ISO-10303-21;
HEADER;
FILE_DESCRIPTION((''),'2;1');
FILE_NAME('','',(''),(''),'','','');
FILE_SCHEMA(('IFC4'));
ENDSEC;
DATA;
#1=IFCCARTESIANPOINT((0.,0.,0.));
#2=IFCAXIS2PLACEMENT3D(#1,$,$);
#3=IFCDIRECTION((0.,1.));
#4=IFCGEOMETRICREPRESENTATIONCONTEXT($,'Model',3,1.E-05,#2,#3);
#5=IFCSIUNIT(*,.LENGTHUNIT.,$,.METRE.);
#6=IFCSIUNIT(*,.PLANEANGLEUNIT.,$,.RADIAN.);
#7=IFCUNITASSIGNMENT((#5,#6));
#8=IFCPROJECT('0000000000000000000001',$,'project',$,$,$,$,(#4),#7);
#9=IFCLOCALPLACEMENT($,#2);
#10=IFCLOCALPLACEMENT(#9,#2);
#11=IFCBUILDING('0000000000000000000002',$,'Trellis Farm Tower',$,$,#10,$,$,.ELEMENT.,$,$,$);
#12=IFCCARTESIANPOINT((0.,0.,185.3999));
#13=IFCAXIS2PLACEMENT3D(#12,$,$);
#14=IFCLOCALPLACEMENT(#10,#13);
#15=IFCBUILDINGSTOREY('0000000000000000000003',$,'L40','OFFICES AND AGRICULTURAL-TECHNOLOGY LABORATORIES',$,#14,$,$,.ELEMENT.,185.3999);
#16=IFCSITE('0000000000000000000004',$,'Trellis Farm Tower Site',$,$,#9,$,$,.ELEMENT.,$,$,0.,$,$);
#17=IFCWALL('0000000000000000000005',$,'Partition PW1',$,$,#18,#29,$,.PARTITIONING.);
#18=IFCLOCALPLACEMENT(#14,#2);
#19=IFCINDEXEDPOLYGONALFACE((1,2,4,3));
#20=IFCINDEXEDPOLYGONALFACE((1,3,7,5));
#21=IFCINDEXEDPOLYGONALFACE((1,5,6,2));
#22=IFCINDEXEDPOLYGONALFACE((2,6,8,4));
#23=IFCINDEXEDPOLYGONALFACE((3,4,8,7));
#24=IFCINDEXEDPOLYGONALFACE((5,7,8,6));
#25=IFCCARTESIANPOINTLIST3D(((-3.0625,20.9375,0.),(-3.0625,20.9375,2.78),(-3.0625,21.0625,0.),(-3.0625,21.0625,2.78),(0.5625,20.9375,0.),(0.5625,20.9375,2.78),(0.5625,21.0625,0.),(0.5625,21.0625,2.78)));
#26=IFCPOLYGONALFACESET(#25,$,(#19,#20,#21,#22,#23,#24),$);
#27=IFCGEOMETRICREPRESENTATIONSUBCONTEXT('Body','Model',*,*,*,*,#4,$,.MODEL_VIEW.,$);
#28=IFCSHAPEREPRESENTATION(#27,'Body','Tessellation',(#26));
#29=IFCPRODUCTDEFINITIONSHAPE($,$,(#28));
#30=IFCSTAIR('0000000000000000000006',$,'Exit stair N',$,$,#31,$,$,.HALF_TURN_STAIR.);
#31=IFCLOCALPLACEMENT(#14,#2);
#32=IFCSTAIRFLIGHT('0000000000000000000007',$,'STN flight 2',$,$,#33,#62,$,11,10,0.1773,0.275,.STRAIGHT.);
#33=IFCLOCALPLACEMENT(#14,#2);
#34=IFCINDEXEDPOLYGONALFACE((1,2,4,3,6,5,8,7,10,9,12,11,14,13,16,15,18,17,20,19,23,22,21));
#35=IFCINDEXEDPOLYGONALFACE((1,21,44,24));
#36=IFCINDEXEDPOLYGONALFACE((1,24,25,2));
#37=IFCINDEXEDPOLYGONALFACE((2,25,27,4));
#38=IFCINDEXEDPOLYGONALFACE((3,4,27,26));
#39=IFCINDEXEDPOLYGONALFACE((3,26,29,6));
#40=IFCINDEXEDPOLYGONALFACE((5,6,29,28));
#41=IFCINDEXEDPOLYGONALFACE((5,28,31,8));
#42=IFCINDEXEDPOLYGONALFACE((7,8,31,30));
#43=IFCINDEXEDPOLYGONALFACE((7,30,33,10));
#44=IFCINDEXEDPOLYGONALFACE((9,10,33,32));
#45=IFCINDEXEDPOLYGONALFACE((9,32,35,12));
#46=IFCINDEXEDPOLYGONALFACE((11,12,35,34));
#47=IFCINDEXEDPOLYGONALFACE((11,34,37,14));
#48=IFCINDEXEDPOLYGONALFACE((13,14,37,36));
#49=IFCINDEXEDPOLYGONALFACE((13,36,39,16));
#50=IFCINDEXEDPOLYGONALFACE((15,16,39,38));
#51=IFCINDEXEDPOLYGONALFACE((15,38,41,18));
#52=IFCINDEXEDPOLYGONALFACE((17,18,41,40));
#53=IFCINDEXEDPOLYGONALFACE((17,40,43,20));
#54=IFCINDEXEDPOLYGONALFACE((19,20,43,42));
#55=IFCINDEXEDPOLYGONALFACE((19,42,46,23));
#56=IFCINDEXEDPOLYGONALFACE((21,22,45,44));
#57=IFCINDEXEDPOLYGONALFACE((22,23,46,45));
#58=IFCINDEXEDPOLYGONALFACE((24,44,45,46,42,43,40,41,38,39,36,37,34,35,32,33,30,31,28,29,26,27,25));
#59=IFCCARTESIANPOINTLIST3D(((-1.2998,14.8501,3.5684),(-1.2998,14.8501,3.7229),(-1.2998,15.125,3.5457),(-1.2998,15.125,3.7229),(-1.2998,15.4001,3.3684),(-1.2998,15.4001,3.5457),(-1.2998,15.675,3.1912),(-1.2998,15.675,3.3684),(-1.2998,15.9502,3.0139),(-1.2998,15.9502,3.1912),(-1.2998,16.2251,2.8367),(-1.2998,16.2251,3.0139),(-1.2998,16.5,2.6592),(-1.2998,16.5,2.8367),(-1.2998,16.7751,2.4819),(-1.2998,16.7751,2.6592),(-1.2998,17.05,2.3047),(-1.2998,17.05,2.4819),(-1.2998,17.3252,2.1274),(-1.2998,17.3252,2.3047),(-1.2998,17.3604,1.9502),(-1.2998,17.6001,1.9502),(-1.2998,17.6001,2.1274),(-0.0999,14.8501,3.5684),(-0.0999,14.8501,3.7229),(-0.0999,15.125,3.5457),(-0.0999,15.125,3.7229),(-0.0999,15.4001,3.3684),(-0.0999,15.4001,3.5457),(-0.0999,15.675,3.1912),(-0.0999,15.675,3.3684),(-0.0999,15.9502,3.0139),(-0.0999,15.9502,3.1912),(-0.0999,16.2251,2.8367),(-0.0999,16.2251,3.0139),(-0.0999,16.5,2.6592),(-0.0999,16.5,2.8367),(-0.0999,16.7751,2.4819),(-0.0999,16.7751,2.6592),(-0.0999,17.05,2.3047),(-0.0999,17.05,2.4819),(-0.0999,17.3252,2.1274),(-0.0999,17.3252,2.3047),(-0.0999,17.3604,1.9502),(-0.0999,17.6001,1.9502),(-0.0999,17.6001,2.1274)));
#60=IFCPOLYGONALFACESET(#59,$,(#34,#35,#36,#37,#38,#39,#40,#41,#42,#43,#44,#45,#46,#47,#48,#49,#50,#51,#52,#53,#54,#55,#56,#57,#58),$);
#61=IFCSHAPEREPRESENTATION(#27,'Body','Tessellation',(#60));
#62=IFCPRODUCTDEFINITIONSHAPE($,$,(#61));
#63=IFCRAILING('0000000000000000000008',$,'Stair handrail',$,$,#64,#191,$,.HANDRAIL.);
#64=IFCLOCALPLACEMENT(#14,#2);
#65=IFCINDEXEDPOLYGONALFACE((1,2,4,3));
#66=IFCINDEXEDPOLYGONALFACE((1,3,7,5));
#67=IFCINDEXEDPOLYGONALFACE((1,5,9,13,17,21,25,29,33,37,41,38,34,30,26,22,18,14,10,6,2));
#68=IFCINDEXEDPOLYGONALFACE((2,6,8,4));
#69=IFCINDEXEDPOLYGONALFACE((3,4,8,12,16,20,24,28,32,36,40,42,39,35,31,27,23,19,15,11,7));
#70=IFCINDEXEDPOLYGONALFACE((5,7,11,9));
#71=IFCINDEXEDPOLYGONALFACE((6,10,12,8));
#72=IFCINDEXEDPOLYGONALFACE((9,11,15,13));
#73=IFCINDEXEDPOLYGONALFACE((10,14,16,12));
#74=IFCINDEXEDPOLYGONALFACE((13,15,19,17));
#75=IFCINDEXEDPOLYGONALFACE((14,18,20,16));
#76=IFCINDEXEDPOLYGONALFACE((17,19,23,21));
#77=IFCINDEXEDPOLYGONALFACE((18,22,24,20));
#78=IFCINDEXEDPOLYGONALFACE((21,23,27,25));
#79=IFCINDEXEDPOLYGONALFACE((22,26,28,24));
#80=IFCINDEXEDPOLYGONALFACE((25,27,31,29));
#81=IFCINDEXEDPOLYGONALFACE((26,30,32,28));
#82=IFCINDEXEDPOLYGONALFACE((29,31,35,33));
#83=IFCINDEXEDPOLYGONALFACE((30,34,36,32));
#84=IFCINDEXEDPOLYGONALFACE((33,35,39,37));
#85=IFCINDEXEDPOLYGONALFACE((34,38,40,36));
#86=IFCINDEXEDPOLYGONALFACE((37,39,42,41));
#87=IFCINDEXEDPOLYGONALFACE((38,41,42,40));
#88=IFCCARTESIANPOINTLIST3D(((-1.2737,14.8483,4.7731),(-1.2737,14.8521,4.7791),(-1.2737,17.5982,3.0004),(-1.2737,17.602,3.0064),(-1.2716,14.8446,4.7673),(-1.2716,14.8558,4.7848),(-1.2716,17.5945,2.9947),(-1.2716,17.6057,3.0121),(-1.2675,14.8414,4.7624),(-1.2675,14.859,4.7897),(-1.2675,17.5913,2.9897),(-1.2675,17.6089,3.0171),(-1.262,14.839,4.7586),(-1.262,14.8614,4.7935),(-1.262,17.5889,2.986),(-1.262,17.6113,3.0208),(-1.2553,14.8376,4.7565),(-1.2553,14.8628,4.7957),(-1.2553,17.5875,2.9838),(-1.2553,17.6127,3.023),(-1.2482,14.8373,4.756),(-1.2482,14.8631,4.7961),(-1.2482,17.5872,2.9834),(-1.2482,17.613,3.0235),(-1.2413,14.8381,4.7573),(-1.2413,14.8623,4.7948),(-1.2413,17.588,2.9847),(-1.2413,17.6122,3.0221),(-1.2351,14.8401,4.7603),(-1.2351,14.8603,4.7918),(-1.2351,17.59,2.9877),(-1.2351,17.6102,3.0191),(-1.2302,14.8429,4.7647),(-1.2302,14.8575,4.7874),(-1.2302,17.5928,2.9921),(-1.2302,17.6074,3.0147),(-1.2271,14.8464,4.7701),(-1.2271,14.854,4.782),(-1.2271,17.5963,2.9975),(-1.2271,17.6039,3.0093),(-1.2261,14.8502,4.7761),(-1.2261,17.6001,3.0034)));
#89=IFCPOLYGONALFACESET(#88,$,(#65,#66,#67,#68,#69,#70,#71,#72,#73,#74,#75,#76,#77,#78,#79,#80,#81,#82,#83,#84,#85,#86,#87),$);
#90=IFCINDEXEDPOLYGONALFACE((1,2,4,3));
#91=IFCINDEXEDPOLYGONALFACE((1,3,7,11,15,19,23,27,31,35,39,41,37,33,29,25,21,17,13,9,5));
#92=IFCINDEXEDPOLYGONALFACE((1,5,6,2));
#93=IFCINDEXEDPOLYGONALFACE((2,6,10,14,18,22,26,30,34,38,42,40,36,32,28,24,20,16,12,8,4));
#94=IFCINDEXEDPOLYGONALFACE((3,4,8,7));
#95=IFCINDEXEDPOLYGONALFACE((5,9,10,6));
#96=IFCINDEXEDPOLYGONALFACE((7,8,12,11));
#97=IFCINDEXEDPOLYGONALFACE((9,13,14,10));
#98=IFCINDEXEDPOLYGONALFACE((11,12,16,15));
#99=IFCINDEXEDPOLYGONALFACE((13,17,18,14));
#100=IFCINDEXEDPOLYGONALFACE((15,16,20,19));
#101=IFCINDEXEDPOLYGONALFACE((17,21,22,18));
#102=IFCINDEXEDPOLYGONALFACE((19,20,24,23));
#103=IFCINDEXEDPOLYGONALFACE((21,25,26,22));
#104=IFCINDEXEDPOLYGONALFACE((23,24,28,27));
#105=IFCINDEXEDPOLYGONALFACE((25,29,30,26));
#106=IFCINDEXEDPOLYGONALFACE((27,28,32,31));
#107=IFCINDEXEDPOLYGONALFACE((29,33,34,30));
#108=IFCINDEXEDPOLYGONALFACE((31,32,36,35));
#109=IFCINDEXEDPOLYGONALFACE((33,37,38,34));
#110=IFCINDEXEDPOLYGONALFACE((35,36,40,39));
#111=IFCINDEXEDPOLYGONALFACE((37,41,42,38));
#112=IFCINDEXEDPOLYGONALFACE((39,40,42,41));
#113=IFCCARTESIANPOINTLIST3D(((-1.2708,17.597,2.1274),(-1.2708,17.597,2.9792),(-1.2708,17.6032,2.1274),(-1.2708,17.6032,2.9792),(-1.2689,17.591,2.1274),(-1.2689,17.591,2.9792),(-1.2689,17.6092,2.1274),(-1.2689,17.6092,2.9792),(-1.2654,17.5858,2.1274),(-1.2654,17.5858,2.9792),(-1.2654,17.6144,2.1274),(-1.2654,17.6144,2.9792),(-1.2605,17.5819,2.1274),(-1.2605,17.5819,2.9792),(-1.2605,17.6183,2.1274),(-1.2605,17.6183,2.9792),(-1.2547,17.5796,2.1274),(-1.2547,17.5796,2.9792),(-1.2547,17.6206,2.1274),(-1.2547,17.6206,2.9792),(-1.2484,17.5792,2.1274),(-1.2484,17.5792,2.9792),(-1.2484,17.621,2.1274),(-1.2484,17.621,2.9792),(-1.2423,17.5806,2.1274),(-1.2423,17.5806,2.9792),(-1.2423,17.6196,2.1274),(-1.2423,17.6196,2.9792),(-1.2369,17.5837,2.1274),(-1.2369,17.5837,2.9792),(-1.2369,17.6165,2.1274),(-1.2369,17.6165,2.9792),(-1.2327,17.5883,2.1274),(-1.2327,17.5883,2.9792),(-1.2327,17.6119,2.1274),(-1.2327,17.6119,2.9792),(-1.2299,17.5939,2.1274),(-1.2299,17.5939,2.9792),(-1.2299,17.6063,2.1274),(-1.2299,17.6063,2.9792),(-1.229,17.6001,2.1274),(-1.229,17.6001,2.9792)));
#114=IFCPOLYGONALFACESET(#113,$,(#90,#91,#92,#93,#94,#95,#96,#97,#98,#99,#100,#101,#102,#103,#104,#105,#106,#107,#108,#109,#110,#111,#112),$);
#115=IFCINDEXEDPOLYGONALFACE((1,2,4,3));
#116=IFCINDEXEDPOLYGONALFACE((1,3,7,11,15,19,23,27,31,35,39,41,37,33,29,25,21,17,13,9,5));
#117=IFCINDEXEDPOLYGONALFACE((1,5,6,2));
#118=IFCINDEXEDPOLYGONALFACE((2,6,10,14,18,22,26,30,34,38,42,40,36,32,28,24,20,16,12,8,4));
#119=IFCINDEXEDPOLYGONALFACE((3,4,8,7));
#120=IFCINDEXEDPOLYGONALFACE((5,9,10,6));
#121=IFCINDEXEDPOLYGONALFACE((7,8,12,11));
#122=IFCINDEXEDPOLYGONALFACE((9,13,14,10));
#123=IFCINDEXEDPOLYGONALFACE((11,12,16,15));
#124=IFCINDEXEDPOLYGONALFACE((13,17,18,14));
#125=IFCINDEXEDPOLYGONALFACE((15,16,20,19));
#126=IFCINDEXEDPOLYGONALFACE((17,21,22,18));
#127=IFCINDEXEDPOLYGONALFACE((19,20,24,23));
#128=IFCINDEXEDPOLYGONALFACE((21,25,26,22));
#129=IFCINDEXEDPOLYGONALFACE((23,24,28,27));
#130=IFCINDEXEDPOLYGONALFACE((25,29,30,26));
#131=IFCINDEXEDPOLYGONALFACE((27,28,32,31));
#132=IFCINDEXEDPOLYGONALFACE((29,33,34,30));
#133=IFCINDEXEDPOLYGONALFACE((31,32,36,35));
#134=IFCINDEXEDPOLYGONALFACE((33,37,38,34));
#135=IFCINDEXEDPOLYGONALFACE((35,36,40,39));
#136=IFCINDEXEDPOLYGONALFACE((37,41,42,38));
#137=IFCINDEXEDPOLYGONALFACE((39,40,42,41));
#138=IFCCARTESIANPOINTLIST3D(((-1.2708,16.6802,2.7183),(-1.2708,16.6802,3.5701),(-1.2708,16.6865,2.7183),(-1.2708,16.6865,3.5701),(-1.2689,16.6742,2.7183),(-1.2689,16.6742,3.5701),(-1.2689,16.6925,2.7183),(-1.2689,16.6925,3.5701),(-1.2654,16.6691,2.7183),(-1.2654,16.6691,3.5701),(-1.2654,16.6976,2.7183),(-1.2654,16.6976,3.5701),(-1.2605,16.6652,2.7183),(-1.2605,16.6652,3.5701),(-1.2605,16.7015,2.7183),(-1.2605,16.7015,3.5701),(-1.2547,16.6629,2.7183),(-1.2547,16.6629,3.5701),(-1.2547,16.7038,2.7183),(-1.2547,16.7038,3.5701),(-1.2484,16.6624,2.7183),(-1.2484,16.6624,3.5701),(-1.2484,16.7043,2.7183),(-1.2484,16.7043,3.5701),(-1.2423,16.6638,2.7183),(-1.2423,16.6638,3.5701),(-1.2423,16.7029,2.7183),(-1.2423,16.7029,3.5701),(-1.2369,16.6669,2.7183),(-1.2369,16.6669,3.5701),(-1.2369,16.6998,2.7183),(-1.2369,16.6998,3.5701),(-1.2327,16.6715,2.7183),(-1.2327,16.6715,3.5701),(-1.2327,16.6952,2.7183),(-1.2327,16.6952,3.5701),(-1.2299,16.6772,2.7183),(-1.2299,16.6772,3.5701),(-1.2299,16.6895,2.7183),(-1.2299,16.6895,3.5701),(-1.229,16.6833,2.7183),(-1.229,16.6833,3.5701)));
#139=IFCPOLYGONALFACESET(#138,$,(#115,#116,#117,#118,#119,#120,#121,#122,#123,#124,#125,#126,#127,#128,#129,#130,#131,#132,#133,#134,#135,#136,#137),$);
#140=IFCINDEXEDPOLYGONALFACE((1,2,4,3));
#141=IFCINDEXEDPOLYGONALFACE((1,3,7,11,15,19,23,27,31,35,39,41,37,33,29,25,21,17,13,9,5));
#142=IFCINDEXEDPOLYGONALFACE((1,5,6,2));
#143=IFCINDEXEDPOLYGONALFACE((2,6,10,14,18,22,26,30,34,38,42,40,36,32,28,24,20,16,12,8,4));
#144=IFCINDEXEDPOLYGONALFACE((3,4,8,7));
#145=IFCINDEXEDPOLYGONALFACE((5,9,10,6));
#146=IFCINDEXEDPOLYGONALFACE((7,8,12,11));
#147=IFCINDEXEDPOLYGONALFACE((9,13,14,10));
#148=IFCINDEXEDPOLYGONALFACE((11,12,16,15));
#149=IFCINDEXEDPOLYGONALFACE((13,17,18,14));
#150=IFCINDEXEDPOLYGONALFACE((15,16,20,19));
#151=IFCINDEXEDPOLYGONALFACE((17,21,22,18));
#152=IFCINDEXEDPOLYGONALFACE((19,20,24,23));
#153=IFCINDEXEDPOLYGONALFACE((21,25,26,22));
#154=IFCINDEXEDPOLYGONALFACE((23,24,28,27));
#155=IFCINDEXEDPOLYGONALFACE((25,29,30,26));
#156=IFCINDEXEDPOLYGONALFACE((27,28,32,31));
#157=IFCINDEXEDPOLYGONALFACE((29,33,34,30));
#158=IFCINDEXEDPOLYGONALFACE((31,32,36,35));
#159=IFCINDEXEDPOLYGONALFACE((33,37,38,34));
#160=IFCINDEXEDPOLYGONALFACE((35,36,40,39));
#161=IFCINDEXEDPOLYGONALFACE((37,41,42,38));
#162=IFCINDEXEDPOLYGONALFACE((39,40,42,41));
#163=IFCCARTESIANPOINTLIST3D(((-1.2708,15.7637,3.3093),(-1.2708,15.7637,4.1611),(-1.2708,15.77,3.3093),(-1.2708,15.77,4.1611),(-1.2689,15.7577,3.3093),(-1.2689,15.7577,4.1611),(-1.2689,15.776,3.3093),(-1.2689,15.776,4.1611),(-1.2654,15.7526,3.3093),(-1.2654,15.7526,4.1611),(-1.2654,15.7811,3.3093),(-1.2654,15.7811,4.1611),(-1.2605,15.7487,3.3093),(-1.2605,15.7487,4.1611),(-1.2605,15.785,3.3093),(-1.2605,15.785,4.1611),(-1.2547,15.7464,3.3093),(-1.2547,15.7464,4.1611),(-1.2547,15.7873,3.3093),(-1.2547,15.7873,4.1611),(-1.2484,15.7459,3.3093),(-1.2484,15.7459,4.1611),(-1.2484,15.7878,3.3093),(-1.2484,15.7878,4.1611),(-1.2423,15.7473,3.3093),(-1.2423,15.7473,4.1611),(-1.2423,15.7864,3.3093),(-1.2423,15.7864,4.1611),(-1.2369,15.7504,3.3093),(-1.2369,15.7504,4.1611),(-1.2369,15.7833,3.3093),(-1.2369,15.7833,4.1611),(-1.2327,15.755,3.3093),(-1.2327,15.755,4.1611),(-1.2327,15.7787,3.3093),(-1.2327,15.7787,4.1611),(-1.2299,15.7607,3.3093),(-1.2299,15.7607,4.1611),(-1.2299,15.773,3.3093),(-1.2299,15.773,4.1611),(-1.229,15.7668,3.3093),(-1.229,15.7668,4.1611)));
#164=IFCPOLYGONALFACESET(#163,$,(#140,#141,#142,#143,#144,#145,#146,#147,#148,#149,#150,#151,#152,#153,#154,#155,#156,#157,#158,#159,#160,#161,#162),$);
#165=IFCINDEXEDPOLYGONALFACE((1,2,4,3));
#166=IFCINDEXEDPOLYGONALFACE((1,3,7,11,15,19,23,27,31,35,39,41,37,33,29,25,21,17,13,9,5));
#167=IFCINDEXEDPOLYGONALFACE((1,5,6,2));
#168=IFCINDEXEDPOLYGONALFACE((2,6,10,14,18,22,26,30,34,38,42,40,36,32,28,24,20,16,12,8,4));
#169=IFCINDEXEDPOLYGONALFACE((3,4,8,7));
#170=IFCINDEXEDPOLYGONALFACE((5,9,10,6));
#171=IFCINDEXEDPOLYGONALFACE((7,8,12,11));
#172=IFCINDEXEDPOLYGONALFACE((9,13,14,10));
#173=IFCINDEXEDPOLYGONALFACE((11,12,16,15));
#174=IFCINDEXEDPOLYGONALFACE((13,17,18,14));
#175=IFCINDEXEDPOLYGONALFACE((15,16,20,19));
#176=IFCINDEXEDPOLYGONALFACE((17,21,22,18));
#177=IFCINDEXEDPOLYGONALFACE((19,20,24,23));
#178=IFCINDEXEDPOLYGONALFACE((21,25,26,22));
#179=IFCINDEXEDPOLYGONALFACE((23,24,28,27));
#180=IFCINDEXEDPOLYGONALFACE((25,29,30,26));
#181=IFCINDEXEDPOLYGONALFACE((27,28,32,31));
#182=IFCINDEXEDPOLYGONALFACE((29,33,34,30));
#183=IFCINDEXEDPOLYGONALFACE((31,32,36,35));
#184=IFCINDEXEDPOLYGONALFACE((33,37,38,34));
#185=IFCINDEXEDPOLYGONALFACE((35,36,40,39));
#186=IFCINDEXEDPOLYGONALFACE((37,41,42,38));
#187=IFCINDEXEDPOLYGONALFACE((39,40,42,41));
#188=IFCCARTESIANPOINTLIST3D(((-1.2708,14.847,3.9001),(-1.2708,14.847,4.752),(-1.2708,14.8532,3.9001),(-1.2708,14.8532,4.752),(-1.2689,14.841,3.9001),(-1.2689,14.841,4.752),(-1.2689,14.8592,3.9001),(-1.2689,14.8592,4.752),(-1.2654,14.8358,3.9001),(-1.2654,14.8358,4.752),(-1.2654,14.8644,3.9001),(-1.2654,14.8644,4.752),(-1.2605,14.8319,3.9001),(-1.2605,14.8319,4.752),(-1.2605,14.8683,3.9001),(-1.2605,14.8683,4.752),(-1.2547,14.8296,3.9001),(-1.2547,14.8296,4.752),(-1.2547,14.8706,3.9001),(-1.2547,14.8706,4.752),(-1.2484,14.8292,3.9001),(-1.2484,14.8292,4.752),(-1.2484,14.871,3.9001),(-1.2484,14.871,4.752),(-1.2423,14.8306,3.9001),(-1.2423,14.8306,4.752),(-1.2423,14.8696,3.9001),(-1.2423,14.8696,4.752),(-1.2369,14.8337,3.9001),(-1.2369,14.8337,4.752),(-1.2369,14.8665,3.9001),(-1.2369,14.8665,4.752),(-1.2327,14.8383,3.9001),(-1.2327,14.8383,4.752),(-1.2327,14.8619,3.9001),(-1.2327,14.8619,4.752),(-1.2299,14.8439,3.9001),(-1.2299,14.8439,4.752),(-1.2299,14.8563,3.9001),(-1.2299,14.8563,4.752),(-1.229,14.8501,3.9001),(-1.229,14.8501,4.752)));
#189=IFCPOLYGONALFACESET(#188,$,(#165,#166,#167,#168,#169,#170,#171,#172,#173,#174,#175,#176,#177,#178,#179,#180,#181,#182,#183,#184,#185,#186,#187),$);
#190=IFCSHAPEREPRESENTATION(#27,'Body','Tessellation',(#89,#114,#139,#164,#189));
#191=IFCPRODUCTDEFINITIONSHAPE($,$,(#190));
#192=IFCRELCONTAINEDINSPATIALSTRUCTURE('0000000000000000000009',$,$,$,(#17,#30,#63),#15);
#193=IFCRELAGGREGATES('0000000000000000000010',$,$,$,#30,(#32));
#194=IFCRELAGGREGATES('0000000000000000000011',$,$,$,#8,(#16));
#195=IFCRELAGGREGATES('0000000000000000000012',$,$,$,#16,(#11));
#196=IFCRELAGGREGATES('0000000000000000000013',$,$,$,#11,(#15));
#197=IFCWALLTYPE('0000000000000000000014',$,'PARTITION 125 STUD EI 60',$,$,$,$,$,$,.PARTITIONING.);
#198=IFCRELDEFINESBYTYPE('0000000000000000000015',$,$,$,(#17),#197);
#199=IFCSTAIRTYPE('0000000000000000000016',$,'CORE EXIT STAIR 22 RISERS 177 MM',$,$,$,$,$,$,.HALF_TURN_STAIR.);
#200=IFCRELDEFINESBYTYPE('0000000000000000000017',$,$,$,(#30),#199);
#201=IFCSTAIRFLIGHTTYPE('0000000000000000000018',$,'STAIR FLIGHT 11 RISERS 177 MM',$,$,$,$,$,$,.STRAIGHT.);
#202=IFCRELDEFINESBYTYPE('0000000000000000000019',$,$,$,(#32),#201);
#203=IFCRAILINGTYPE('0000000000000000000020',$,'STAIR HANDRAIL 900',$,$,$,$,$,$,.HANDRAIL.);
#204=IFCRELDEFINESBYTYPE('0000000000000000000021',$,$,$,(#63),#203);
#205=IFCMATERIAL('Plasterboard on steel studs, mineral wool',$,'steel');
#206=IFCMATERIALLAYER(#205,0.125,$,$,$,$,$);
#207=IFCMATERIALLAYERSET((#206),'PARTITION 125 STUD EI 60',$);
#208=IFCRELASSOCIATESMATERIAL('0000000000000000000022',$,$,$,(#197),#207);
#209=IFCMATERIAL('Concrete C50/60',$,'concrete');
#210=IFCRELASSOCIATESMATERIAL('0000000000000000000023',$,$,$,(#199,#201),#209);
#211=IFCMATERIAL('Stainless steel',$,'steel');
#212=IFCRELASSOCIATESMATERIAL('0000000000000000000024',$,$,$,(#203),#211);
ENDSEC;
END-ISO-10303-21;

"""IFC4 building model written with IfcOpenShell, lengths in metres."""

from ifc_helpers import new_model, si_unit, direction, frame, frame_2d, origin, origin_2d, place, context, subcontext, project, spatial, polyline, rectangle, circle, outline, extrude, source, transform, mapped, material, layer, layer_set, type_object, element, aggregate, save


model = new_model("IFC4")

# Units and contexts
model_context = context("Model", 3, precision=1e-05, world=origin(), true_north=direction((0.0, 1.0)))
body_context = subcontext(model_context, "Body", "Model", "MODEL_VIEW")
ifc_project = project(units=[si_unit("LENGTHUNIT", "METRE"), si_unit("PLANEANGLEUNIT", "RADIAN")], contexts=[model_context])

# Site, building, storey
site_placement = place(None, origin())
site = spatial("IfcSite", under=ifc_project, at=site_placement, Name="Trellis Farm Tower Site", CompositionType="ELEMENT", RefElevation=0.0)
building_placement = place(site_placement, origin())
building = spatial("IfcBuilding", under=site, at=building_placement, Name="Trellis Farm Tower", CompositionType="ELEMENT")
storey_placement = place(building_placement, frame((0.0, 0.0, 185.3999)))
storey = spatial("IfcBuildingStorey", under=building, at=storey_placement, Name="L40", Description="OFFICES AND AGRICULTURAL-TECHNOLOGY LABORATORIES", CompositionType="ELEMENT", Elevation=185.3999)

# Shared definitions
placement = place(storey_placement, origin())

# Shared definitions
ifc_material_1 = material(Name="Plasterboard on steel studs, mineral wool", Category="steel")
ifc_layer_1 = layer(ifc_material_1, 0.125)
ifc_layer_set_1 = layer_set([ifc_layer_1], Name="PARTITION 125 STUD EI 60")
wall_type_1 = type_object("IfcWallType", Name="PARTITION 125 STUD EI 60", PredefinedType="PARTITIONING", material=ifc_layer_set_1)

# Wall
shared_shape_1 = source(origin(), body_context, "Body", "SweptSolid", [
    extrude(rectangle(XDim=3.625, YDim=0.125, at=frame_2d((1.8125, 0.0))), origin(), (0.0, 0.0, 1.0), 2.78),
])
wall_1_placement = place(storey_placement, frame((-3.0625, 21.0, 0.0), z_axis=(0.0, 0.0, 1.0), x_axis=(1.0, 0.0, 0.0)))
element("IfcWall", 1, at=wall_1_placement, inside=storey, type_object=wall_type_1, Name="Partition PW1", PredefinedType="PARTITIONING", context=body_context, shape_type="MappedRepresentation", body=[
    mapped(shared_shape_1, transform((0.0, 0.0, 0.0))),
])

# Stair, stair flight
ifc_material_2 = material(Name="Concrete C50/60", Category="concrete")
stair_type = type_object("IfcStairType", Name="CORE EXIT STAIR 22 RISERS 177 MM", PredefinedType="HALF_TURN_STAIR", material=ifc_material_2)
stair = element("IfcStair", 2, at=placement, inside=storey, type_object=stair_type, Name="Exit stair N", PredefinedType="HALF_TURN_STAIR")
stair_flight_type = type_object("IfcStairFlightType", Name="STAIR FLIGHT 11 RISERS 177 MM", PredefinedType="STRAIGHT", material=ifc_material_2)
shared_shape_2 = source(origin(), body_context, "Body", "SweptSolid", [
    extrude(outline(polyline([(0.0, 0.0), (0.0, 0.1772), (0.2749, 0.1772), (0.2749, 0.3545), (0.55, 0.3545), (0.55, 0.5317), (0.825, 0.5317), (0.825, 0.709), (1.1001, 0.709), (1.1001, 0.8865), (1.375, 0.8865), (1.375, 1.0637), (1.6499, 1.0637), (1.6499, 1.241), (1.925, 1.241), (1.925, 1.4182), (2.2, 1.4182), (2.2, 1.5955), (2.4751, 1.5955), (2.4751, 1.7727), (2.75, 1.7727), (2.75, 1.95), (2.75, 1.6182), (0.2397, 0.0), (0.0, 0.0)])), frame((0.0, 0.6001, 0.0), z_axis=(0.0, -1.0, 0.0), x_axis=(1.0, 0.0, 0.0)), (0.0, 0.0, 1.0), 1.2),
])
stair_flight_placement = place(storey_placement, frame((-0.7, 17.6001, 1.9502), z_axis=(0.0, 0.0, 1.0), x_axis=(0.0, -1.0, 0.0)))
stair_flight = element("IfcStairFlight", 3, at=stair_flight_placement, type_object=stair_flight_type, Name="STN flight 2", NumberOfRisers=11, NumberOfTreads=10, PredefinedType="STRAIGHT", RiserHeight=0.1773, TreadLength=0.275, context=body_context, shape_type="MappedRepresentation", body=[
    mapped(shared_shape_2, transform((0.0, 0.0, 0.0))),
])
aggregate(stair, [stair_flight])

# Railing
ifc_material_3 = material(Name="Stainless steel", Category="steel")
railing_type = type_object("IfcRailingType", Name="STAIR HANDRAIL 900", PredefinedType="HANDRAIL", material=ifc_material_3)
shared_shape_3 = source(origin(), body_context, "Body", "SweptSolid", [
    extrude(circle(Radius=0.0239, at=origin_2d()), frame((0.0, 0.0, 0.876), z_axis=(0.0, -0.840504, 0.541806), x_axis=(1.0, 0.0, 0.0)), (0.0, 0.0, 1.0), 3.2717),
    extrude(circle(Radius=0.021, at=origin_2d()), origin(), (0.0, 0.0, 1.0), 0.8518),
    extrude(circle(Radius=0.021, at=origin_2d()), frame((0.0, -0.9167, 0.5908)), (0.0, 0.0, 1.0), 0.8518),
    extrude(circle(Radius=0.021, at=origin_2d()), frame((0.0, -1.8333, 1.1819)), (0.0, 0.0, 1.0), 0.8518),
    extrude(circle(Radius=0.021, at=origin_2d()), frame((0.0, -2.75, 1.7727)), (0.0, 0.0, 1.0), 0.8518),
])
railing_placement = place(storey_placement, frame((-1.25, 17.6001, 2.1274)))
element("IfcRailing", 4, at=railing_placement, inside=storey, type_object=railing_type, Name="Stair handrail", PredefinedType="HANDRAIL", context=body_context, shape_type="MappedRepresentation", body=[
    mapped(shared_shape_3, transform((0.0, 0.0, 0.0))),
])

save(model, "model.ifc")
